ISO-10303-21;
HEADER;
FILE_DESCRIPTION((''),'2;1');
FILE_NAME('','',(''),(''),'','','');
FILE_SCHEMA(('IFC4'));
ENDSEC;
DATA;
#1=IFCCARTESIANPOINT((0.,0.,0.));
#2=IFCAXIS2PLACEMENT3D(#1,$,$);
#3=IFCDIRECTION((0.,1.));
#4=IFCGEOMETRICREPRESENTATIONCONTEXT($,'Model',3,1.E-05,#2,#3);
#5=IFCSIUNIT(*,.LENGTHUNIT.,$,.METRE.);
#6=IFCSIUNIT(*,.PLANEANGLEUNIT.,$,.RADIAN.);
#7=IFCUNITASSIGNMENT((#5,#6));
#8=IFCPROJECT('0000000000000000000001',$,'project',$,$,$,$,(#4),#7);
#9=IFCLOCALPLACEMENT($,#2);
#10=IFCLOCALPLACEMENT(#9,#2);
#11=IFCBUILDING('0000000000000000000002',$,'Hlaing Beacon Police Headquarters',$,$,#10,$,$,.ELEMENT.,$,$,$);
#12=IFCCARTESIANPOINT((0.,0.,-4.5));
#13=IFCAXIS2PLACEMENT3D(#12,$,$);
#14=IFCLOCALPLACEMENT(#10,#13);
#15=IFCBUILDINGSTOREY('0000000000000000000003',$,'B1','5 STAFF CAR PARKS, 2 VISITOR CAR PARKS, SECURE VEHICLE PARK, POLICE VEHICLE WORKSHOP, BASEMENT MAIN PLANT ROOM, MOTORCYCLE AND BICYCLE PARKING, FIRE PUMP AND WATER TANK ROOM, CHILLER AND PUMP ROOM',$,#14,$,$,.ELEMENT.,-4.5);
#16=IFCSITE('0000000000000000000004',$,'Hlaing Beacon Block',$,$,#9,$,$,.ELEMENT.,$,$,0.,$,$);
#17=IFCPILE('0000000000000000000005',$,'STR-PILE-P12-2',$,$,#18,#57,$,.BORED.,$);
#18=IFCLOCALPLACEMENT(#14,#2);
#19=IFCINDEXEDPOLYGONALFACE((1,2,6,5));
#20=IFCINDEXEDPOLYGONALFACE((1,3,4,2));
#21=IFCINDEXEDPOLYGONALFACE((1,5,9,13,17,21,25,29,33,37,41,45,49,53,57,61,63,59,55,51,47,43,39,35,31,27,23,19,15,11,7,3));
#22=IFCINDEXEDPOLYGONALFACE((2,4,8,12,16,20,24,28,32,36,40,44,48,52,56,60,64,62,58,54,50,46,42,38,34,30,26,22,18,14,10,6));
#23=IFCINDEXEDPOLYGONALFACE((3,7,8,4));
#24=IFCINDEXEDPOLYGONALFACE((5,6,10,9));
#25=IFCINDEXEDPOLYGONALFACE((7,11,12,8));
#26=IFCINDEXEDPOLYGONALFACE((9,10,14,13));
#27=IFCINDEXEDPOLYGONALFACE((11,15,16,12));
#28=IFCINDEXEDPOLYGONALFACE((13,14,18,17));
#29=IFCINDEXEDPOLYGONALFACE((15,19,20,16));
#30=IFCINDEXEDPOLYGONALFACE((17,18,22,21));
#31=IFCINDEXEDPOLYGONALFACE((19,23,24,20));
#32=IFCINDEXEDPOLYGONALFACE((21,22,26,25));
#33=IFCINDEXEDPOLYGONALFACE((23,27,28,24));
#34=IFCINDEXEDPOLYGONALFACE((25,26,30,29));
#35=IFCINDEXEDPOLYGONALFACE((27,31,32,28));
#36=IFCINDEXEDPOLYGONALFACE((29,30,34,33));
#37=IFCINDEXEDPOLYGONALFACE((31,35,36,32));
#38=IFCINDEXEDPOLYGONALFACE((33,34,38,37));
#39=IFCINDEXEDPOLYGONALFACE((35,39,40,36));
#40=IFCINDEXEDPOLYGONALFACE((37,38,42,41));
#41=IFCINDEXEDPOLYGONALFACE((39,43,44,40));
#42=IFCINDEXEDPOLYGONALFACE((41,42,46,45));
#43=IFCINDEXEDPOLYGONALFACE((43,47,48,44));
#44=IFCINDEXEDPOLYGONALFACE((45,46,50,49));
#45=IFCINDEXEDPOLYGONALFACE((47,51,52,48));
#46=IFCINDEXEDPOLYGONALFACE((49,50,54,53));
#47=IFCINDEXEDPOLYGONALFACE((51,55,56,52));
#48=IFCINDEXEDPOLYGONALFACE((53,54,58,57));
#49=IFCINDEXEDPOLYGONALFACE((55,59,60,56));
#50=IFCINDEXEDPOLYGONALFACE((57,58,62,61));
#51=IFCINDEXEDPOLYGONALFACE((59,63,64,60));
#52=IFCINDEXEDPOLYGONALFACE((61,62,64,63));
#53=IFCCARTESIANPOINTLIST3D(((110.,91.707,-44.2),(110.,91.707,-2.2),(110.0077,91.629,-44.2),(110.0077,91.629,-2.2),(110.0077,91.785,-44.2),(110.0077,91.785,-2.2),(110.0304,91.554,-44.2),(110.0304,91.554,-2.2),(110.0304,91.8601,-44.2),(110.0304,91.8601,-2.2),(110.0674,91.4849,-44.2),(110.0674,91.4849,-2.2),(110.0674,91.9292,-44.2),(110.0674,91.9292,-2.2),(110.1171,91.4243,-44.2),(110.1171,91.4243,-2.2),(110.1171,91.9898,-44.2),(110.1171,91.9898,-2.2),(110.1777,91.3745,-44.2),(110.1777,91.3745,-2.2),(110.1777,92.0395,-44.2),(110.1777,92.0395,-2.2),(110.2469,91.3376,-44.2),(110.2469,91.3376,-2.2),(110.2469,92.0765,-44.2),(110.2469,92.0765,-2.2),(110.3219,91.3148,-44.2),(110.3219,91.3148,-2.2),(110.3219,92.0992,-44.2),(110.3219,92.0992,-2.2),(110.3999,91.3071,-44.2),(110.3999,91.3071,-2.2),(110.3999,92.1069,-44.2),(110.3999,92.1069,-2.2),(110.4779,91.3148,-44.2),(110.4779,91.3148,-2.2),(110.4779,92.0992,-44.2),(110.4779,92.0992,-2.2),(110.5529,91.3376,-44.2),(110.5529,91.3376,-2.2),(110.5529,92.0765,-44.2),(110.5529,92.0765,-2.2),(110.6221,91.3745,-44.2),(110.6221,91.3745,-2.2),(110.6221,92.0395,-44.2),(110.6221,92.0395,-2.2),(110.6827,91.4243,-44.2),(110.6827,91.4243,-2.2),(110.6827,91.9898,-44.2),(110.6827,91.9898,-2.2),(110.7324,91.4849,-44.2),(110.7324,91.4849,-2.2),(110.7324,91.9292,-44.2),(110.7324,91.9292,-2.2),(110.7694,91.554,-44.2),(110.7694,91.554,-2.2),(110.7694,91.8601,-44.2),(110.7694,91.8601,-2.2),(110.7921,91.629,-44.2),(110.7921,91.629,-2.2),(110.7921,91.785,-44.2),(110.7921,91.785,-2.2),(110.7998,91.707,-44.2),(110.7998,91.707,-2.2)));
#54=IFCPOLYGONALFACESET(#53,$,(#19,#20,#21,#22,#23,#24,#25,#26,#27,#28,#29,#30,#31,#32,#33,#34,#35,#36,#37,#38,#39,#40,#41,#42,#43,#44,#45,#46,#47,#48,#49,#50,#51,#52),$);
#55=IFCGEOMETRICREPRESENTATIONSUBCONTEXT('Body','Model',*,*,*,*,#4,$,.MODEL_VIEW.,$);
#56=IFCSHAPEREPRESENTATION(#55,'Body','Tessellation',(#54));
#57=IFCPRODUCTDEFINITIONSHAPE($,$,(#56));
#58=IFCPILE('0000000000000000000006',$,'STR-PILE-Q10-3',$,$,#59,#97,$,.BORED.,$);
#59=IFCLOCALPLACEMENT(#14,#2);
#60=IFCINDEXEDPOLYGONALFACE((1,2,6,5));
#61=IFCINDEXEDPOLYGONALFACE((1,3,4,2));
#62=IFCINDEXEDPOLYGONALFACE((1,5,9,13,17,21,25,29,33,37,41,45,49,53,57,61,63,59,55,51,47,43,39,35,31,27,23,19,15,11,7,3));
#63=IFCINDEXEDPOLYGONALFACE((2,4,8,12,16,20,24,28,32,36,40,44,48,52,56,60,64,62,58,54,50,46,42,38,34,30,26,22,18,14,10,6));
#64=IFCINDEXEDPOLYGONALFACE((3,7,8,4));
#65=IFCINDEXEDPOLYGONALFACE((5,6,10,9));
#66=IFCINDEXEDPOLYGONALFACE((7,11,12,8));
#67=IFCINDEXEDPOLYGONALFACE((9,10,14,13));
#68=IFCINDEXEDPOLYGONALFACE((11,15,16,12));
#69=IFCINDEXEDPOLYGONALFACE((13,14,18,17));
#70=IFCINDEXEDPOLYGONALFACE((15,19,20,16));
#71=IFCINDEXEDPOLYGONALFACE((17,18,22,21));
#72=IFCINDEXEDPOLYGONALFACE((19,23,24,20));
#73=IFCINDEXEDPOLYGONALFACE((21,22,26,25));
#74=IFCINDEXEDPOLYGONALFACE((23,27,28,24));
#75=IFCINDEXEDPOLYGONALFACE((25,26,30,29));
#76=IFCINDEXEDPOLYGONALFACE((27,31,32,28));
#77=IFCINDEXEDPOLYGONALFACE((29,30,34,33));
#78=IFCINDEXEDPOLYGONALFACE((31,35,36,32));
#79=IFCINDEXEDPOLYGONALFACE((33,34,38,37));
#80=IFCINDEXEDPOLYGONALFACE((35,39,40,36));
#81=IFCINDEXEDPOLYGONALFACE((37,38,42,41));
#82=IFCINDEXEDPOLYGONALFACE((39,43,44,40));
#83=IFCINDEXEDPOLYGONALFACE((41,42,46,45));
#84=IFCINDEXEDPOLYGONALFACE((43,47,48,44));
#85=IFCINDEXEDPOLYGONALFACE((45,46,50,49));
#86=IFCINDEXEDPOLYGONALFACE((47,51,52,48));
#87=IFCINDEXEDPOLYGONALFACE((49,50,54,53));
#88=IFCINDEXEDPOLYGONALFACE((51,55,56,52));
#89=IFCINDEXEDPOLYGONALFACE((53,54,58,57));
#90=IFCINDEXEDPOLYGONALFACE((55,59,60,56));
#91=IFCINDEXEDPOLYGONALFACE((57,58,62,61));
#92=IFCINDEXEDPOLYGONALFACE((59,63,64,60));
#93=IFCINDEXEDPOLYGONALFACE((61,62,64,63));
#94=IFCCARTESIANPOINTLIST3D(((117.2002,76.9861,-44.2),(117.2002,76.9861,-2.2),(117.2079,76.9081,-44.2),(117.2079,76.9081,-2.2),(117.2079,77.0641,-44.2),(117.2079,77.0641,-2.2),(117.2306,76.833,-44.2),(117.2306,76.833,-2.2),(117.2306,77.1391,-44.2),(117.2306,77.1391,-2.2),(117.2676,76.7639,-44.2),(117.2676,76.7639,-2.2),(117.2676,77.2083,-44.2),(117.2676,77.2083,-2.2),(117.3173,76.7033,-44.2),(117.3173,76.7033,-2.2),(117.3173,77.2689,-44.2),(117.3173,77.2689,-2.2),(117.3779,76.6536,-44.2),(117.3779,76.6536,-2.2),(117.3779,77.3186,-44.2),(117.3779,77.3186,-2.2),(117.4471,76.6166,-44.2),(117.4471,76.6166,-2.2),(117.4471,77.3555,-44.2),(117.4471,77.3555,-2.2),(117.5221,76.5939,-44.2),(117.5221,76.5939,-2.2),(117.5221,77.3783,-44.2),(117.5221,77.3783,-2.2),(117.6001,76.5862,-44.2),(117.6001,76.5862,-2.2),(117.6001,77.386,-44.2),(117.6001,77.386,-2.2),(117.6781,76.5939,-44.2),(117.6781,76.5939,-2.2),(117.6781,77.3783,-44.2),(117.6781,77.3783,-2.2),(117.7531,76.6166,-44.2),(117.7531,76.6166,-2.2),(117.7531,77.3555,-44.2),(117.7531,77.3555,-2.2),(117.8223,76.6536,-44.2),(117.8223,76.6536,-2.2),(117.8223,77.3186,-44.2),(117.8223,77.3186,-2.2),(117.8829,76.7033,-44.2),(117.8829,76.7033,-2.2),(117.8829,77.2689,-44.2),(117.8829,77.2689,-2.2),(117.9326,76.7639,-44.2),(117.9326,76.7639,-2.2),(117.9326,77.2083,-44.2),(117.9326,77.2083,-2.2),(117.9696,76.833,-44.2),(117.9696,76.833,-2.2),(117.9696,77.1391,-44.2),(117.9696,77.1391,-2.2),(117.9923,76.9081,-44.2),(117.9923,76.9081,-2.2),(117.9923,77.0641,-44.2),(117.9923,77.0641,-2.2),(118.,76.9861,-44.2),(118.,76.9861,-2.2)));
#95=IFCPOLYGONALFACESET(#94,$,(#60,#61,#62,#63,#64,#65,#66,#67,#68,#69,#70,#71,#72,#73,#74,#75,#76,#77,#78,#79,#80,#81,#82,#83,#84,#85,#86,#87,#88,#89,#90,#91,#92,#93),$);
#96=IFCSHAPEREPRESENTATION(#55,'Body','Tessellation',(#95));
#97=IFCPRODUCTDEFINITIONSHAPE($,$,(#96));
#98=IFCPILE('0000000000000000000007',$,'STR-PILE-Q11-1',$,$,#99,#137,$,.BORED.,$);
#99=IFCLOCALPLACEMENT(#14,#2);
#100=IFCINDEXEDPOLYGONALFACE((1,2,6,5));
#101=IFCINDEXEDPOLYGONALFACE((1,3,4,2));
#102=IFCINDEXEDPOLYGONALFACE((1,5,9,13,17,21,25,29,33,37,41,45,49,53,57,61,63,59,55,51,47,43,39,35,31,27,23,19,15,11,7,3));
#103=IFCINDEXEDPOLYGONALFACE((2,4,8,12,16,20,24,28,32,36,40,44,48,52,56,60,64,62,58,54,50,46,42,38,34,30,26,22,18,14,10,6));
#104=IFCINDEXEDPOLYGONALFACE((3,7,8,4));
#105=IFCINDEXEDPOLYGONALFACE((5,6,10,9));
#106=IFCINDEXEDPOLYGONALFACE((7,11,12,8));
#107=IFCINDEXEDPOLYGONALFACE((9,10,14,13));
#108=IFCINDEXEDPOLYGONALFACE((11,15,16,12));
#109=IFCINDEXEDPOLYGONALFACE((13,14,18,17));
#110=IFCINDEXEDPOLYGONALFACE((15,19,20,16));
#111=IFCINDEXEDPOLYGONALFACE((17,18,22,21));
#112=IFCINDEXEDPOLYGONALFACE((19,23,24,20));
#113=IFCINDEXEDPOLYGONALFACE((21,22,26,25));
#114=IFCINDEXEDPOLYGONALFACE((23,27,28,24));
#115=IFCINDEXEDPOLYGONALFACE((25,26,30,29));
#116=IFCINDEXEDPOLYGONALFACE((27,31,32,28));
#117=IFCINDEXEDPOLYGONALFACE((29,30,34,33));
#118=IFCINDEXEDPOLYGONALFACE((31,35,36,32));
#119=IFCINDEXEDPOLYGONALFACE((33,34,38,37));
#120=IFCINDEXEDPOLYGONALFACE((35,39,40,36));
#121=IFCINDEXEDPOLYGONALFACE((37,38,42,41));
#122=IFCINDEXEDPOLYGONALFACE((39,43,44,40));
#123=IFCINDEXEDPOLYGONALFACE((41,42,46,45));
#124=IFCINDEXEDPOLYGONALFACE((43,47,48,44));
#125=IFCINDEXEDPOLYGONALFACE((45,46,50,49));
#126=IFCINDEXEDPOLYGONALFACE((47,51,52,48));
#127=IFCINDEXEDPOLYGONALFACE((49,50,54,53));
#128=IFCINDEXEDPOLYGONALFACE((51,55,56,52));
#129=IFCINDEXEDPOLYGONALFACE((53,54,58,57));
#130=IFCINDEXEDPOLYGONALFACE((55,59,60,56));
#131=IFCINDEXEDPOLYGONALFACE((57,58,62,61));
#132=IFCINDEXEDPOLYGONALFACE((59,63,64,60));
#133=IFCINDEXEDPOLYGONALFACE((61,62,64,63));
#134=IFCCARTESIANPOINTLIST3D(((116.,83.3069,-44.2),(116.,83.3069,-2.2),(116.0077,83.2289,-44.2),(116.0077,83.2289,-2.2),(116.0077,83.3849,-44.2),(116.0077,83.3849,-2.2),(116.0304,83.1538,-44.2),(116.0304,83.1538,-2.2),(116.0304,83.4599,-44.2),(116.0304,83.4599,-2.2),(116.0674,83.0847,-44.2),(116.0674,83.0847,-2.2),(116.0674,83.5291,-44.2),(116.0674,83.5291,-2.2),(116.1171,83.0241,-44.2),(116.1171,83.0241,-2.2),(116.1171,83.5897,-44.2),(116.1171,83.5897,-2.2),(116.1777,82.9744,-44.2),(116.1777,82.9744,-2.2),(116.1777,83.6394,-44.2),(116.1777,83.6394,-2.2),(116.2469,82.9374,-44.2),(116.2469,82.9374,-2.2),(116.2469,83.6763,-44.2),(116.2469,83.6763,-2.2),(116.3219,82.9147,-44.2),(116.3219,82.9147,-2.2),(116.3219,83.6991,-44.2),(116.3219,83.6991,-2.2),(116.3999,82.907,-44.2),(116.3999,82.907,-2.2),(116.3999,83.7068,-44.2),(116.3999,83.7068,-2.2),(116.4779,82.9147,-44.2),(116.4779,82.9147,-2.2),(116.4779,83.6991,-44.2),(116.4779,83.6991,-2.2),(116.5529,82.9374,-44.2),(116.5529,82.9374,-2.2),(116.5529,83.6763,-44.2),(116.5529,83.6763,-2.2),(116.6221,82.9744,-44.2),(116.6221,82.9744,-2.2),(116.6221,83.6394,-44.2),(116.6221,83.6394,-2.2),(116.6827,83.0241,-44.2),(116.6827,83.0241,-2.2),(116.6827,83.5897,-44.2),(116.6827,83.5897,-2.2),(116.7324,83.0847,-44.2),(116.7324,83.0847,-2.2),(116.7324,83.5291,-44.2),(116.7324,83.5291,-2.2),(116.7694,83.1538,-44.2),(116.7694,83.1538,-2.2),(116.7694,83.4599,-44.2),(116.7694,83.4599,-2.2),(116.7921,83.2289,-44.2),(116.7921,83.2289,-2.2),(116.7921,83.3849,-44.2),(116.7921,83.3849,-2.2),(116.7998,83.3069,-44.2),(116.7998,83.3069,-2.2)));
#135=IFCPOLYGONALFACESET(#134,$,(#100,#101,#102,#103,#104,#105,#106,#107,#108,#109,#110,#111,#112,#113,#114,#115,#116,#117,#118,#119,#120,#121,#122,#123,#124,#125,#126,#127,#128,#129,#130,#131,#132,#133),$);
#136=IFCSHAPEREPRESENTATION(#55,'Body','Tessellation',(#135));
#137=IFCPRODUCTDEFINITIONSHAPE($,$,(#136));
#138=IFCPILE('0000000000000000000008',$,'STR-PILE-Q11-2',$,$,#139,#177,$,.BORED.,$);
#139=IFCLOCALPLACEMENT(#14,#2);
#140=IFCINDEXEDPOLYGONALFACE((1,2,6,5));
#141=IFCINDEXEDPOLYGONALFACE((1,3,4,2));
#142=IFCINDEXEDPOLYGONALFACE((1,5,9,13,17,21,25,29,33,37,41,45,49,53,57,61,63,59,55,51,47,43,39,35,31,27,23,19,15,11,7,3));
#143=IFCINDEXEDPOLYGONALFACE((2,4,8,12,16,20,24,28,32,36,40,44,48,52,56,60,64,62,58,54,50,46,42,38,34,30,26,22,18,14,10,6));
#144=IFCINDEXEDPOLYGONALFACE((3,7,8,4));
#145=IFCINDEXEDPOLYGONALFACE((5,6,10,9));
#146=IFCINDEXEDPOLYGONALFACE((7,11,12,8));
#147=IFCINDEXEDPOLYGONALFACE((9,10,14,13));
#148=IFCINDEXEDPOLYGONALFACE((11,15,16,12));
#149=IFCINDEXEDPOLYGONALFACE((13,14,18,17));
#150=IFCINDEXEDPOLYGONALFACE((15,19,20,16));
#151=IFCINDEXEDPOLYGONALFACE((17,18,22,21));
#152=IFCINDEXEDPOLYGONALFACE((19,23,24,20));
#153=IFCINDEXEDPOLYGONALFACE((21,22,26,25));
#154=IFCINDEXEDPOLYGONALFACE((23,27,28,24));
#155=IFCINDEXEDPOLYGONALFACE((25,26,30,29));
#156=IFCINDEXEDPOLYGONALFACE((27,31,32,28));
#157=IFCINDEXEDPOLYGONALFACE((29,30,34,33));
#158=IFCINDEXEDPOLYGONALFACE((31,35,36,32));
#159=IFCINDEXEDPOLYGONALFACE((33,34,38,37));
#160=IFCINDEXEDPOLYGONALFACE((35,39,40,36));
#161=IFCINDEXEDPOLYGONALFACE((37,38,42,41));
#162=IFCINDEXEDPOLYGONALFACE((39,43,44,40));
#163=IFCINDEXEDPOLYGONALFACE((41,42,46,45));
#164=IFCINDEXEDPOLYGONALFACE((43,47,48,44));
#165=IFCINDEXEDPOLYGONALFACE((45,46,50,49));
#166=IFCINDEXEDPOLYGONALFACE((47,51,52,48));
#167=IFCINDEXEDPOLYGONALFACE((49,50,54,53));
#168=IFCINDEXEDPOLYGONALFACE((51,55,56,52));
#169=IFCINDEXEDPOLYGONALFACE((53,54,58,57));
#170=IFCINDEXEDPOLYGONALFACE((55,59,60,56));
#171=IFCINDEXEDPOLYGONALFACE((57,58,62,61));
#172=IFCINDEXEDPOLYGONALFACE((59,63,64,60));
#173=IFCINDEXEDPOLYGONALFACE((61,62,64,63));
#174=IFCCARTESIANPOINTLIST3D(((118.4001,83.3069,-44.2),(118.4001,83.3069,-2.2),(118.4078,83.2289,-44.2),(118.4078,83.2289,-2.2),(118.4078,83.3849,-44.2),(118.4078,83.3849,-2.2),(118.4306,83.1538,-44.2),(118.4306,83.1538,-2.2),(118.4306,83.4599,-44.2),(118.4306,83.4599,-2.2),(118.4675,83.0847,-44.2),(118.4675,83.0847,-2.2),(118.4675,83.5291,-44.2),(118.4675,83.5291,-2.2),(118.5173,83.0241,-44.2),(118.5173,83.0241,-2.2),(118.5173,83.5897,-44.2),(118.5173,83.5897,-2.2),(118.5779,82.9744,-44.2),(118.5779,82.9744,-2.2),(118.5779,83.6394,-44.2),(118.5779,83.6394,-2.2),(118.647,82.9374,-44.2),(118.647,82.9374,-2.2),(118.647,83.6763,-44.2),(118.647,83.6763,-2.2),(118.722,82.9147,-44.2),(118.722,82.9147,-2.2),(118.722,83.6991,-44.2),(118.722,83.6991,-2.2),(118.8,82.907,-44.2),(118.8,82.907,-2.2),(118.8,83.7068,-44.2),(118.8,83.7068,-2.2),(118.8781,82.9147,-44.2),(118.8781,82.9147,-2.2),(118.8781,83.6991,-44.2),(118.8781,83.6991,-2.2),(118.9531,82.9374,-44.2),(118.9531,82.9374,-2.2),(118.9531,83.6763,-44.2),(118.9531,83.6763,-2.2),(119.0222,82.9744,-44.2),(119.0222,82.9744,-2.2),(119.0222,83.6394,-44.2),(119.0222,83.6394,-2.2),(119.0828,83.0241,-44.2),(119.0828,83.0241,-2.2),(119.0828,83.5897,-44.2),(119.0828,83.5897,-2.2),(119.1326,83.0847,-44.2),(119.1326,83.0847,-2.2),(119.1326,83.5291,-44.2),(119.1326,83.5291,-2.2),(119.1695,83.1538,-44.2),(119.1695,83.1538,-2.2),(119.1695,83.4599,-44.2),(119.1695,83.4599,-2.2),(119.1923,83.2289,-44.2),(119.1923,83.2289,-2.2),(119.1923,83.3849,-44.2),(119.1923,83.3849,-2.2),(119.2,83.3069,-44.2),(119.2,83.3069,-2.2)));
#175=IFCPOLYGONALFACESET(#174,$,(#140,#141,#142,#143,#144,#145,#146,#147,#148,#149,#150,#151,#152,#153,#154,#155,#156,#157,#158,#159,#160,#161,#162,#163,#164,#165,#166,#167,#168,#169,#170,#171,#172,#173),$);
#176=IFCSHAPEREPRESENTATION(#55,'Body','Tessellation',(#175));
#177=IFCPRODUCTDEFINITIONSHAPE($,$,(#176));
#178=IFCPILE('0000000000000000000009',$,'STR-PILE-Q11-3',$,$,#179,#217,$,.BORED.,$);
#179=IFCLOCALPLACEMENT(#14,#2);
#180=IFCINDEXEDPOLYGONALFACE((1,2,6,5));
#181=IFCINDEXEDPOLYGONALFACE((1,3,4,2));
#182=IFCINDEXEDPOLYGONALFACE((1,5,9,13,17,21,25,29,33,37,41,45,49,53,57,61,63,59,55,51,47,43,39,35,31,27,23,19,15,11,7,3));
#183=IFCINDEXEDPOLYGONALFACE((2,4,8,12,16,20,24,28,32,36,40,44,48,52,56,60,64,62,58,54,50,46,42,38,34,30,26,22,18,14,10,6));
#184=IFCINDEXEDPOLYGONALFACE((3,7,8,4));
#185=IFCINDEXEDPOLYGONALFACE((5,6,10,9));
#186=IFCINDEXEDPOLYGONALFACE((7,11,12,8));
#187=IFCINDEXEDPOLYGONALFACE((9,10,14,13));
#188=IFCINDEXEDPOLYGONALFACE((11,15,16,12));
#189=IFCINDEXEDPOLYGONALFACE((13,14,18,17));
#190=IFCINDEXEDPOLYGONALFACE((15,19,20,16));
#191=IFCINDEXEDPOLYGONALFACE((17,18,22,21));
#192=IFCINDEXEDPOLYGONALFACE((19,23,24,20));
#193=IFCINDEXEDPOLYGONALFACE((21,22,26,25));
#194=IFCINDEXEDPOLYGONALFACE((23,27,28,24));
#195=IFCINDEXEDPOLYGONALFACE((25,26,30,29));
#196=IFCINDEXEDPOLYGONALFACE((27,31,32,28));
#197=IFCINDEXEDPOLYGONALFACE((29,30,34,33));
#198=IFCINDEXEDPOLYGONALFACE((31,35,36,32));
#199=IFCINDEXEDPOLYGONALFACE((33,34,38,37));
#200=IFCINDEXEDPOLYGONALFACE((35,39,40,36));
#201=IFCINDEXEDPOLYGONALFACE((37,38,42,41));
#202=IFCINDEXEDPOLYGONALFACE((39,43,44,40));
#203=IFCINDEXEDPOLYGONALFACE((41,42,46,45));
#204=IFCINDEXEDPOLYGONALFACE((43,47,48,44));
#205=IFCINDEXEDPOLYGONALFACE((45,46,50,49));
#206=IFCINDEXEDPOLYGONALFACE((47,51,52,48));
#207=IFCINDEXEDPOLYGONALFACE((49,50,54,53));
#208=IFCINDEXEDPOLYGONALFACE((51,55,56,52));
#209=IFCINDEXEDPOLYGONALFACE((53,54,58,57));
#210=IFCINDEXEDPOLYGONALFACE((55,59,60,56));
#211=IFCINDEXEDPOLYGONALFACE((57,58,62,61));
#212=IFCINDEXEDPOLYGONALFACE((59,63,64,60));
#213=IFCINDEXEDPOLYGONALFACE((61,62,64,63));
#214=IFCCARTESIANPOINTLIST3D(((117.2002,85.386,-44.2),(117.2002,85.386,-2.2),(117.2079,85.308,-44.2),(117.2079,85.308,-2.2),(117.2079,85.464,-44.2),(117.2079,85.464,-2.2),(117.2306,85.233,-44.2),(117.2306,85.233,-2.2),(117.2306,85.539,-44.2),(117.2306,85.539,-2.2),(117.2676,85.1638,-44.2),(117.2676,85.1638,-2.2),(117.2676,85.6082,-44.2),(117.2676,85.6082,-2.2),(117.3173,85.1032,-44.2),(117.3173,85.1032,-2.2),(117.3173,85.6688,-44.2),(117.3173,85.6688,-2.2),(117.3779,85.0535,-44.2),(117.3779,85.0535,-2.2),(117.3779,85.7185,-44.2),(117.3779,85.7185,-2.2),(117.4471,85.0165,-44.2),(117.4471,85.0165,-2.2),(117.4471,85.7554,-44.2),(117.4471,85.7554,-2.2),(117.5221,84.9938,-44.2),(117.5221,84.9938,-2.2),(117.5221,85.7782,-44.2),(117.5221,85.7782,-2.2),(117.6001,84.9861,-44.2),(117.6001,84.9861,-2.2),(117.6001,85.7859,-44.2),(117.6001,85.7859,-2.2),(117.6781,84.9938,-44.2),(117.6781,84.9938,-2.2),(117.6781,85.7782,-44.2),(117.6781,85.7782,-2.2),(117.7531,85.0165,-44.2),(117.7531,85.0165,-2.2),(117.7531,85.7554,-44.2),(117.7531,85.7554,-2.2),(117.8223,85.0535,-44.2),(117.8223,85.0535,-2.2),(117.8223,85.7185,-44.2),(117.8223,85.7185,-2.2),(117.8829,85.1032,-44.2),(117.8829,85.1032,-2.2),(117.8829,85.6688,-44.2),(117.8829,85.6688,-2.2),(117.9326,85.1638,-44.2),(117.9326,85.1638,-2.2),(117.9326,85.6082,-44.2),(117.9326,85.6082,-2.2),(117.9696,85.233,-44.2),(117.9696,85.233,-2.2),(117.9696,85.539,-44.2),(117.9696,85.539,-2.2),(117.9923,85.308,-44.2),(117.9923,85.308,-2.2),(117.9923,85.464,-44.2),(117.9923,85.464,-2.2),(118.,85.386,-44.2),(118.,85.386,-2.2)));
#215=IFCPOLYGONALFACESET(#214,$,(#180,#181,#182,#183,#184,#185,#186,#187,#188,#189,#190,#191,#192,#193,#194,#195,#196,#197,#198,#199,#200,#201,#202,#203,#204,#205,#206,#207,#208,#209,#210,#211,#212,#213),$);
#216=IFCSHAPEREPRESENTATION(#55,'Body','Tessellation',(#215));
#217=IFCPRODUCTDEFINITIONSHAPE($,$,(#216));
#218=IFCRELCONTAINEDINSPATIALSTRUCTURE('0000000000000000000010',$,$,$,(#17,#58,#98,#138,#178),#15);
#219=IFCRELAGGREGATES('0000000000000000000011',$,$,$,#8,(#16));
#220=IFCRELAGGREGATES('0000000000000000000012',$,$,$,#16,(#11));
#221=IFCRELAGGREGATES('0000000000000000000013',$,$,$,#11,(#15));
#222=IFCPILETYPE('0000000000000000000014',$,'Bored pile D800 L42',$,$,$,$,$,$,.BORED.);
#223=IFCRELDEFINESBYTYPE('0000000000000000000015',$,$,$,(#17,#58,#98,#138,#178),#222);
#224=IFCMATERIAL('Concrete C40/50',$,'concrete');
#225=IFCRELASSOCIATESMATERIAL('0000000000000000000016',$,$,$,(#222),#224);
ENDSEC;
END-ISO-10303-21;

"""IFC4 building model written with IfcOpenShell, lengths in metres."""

from ifc_helpers import new_model, si_unit, direction, frame, origin, origin_2d, place, context, subcontext, project, spatial, circle, extrude, material, material_profile, profile_set, type_object, element, save


model = new_model("IFC4")

# Units and contexts
model_context = context("Model", 3, precision=1e-05, world=origin(), true_north=direction((0.0, 1.0)))
body_context = subcontext(model_context, "Body", "Model", "MODEL_VIEW")
ifc_project = project(units=[si_unit("LENGTHUNIT", "METRE"), si_unit("PLANEANGLEUNIT", "RADIAN")], contexts=[model_context])

# Site, building, storey
site_placement = place(None, origin())
site = spatial("IfcSite", under=ifc_project, at=site_placement, Name="Hlaing Beacon Block", CompositionType="ELEMENT", RefElevation=0.0)
building_placement = place(site_placement, origin())
building = spatial("IfcBuilding", under=site, at=building_placement, Name="Hlaing Beacon Police Headquarters", CompositionType="ELEMENT")
storey_placement = place(building_placement, frame((0.0, 0.0, -4.5)))
storey = spatial("IfcBuildingStorey", under=building, at=storey_placement, Name="B1", Description="5 STAFF CAR PARKS, 2 VISITOR CAR PARKS, SECURE VEHICLE PARK, POLICE VEHICLE WORKSHOP, BASEMENT MAIN PLANT ROOM, MOTORCYCLE AND BICYCLE PARKING, FIRE PUMP AND WATER TANK ROOM, CHILLER AND PUMP ROOM", CompositionType="ELEMENT", Elevation=-4.5)

# Piles
ifc_material_1 = material(Name="Concrete C40/50", Category="concrete")
ifc_material_profile_1 = material_profile(ifc_material_1, circle(Radius=0.3999, at=origin_2d()), Name="D800")
ifc_profile_set_1 = profile_set([ifc_material_profile_1], Name="Concrete C40/50")
pile_type_1 = type_object("IfcPileType", Name="Bored pile D800 L42", PredefinedType="BORED", material=ifc_profile_set_1)
for number, where, z_axis, x_axis, name in (
    (1, (110.3999, 91.707, -2.2), (0.0, 0.0, -1.0), (1.0, 0.0, 0.0), "STR-PILE-P12-2"),
    (2, (117.6001, 76.9861, -2.2), (0.0, 0.0, -1.0), (1.0, 0.0, 0.0), "STR-PILE-Q10-3"),
    (3, (116.3999, 83.3069, -2.2), (0.0, 0.0, -1.0), (1.0, 0.0, 0.0), "STR-PILE-Q11-1"),
    (4, (118.8, 83.3069, -2.2), (0.0, 0.0, -1.0), (1.0, 0.0, 0.0), "STR-PILE-Q11-2"),
    (5, (117.6001, 85.386, -2.2), (0.0, 0.0, -1.0), (1.0, 0.0, 0.0), "STR-PILE-Q11-3"),
):
    element("IfcPile", number, at=place(storey_placement, frame(where, z_axis=z_axis, x_axis=x_axis)), inside=storey, type_object=pile_type_1, Name=name, PredefinedType="BORED", context=body_context, shape_type="SweptSolid", body=[
        extrude(circle(Radius=0.3999, at=origin_2d()), origin(), (0.0, 0.0, 1.0), 42.0),
    ])

save(model, "model.ifc")
